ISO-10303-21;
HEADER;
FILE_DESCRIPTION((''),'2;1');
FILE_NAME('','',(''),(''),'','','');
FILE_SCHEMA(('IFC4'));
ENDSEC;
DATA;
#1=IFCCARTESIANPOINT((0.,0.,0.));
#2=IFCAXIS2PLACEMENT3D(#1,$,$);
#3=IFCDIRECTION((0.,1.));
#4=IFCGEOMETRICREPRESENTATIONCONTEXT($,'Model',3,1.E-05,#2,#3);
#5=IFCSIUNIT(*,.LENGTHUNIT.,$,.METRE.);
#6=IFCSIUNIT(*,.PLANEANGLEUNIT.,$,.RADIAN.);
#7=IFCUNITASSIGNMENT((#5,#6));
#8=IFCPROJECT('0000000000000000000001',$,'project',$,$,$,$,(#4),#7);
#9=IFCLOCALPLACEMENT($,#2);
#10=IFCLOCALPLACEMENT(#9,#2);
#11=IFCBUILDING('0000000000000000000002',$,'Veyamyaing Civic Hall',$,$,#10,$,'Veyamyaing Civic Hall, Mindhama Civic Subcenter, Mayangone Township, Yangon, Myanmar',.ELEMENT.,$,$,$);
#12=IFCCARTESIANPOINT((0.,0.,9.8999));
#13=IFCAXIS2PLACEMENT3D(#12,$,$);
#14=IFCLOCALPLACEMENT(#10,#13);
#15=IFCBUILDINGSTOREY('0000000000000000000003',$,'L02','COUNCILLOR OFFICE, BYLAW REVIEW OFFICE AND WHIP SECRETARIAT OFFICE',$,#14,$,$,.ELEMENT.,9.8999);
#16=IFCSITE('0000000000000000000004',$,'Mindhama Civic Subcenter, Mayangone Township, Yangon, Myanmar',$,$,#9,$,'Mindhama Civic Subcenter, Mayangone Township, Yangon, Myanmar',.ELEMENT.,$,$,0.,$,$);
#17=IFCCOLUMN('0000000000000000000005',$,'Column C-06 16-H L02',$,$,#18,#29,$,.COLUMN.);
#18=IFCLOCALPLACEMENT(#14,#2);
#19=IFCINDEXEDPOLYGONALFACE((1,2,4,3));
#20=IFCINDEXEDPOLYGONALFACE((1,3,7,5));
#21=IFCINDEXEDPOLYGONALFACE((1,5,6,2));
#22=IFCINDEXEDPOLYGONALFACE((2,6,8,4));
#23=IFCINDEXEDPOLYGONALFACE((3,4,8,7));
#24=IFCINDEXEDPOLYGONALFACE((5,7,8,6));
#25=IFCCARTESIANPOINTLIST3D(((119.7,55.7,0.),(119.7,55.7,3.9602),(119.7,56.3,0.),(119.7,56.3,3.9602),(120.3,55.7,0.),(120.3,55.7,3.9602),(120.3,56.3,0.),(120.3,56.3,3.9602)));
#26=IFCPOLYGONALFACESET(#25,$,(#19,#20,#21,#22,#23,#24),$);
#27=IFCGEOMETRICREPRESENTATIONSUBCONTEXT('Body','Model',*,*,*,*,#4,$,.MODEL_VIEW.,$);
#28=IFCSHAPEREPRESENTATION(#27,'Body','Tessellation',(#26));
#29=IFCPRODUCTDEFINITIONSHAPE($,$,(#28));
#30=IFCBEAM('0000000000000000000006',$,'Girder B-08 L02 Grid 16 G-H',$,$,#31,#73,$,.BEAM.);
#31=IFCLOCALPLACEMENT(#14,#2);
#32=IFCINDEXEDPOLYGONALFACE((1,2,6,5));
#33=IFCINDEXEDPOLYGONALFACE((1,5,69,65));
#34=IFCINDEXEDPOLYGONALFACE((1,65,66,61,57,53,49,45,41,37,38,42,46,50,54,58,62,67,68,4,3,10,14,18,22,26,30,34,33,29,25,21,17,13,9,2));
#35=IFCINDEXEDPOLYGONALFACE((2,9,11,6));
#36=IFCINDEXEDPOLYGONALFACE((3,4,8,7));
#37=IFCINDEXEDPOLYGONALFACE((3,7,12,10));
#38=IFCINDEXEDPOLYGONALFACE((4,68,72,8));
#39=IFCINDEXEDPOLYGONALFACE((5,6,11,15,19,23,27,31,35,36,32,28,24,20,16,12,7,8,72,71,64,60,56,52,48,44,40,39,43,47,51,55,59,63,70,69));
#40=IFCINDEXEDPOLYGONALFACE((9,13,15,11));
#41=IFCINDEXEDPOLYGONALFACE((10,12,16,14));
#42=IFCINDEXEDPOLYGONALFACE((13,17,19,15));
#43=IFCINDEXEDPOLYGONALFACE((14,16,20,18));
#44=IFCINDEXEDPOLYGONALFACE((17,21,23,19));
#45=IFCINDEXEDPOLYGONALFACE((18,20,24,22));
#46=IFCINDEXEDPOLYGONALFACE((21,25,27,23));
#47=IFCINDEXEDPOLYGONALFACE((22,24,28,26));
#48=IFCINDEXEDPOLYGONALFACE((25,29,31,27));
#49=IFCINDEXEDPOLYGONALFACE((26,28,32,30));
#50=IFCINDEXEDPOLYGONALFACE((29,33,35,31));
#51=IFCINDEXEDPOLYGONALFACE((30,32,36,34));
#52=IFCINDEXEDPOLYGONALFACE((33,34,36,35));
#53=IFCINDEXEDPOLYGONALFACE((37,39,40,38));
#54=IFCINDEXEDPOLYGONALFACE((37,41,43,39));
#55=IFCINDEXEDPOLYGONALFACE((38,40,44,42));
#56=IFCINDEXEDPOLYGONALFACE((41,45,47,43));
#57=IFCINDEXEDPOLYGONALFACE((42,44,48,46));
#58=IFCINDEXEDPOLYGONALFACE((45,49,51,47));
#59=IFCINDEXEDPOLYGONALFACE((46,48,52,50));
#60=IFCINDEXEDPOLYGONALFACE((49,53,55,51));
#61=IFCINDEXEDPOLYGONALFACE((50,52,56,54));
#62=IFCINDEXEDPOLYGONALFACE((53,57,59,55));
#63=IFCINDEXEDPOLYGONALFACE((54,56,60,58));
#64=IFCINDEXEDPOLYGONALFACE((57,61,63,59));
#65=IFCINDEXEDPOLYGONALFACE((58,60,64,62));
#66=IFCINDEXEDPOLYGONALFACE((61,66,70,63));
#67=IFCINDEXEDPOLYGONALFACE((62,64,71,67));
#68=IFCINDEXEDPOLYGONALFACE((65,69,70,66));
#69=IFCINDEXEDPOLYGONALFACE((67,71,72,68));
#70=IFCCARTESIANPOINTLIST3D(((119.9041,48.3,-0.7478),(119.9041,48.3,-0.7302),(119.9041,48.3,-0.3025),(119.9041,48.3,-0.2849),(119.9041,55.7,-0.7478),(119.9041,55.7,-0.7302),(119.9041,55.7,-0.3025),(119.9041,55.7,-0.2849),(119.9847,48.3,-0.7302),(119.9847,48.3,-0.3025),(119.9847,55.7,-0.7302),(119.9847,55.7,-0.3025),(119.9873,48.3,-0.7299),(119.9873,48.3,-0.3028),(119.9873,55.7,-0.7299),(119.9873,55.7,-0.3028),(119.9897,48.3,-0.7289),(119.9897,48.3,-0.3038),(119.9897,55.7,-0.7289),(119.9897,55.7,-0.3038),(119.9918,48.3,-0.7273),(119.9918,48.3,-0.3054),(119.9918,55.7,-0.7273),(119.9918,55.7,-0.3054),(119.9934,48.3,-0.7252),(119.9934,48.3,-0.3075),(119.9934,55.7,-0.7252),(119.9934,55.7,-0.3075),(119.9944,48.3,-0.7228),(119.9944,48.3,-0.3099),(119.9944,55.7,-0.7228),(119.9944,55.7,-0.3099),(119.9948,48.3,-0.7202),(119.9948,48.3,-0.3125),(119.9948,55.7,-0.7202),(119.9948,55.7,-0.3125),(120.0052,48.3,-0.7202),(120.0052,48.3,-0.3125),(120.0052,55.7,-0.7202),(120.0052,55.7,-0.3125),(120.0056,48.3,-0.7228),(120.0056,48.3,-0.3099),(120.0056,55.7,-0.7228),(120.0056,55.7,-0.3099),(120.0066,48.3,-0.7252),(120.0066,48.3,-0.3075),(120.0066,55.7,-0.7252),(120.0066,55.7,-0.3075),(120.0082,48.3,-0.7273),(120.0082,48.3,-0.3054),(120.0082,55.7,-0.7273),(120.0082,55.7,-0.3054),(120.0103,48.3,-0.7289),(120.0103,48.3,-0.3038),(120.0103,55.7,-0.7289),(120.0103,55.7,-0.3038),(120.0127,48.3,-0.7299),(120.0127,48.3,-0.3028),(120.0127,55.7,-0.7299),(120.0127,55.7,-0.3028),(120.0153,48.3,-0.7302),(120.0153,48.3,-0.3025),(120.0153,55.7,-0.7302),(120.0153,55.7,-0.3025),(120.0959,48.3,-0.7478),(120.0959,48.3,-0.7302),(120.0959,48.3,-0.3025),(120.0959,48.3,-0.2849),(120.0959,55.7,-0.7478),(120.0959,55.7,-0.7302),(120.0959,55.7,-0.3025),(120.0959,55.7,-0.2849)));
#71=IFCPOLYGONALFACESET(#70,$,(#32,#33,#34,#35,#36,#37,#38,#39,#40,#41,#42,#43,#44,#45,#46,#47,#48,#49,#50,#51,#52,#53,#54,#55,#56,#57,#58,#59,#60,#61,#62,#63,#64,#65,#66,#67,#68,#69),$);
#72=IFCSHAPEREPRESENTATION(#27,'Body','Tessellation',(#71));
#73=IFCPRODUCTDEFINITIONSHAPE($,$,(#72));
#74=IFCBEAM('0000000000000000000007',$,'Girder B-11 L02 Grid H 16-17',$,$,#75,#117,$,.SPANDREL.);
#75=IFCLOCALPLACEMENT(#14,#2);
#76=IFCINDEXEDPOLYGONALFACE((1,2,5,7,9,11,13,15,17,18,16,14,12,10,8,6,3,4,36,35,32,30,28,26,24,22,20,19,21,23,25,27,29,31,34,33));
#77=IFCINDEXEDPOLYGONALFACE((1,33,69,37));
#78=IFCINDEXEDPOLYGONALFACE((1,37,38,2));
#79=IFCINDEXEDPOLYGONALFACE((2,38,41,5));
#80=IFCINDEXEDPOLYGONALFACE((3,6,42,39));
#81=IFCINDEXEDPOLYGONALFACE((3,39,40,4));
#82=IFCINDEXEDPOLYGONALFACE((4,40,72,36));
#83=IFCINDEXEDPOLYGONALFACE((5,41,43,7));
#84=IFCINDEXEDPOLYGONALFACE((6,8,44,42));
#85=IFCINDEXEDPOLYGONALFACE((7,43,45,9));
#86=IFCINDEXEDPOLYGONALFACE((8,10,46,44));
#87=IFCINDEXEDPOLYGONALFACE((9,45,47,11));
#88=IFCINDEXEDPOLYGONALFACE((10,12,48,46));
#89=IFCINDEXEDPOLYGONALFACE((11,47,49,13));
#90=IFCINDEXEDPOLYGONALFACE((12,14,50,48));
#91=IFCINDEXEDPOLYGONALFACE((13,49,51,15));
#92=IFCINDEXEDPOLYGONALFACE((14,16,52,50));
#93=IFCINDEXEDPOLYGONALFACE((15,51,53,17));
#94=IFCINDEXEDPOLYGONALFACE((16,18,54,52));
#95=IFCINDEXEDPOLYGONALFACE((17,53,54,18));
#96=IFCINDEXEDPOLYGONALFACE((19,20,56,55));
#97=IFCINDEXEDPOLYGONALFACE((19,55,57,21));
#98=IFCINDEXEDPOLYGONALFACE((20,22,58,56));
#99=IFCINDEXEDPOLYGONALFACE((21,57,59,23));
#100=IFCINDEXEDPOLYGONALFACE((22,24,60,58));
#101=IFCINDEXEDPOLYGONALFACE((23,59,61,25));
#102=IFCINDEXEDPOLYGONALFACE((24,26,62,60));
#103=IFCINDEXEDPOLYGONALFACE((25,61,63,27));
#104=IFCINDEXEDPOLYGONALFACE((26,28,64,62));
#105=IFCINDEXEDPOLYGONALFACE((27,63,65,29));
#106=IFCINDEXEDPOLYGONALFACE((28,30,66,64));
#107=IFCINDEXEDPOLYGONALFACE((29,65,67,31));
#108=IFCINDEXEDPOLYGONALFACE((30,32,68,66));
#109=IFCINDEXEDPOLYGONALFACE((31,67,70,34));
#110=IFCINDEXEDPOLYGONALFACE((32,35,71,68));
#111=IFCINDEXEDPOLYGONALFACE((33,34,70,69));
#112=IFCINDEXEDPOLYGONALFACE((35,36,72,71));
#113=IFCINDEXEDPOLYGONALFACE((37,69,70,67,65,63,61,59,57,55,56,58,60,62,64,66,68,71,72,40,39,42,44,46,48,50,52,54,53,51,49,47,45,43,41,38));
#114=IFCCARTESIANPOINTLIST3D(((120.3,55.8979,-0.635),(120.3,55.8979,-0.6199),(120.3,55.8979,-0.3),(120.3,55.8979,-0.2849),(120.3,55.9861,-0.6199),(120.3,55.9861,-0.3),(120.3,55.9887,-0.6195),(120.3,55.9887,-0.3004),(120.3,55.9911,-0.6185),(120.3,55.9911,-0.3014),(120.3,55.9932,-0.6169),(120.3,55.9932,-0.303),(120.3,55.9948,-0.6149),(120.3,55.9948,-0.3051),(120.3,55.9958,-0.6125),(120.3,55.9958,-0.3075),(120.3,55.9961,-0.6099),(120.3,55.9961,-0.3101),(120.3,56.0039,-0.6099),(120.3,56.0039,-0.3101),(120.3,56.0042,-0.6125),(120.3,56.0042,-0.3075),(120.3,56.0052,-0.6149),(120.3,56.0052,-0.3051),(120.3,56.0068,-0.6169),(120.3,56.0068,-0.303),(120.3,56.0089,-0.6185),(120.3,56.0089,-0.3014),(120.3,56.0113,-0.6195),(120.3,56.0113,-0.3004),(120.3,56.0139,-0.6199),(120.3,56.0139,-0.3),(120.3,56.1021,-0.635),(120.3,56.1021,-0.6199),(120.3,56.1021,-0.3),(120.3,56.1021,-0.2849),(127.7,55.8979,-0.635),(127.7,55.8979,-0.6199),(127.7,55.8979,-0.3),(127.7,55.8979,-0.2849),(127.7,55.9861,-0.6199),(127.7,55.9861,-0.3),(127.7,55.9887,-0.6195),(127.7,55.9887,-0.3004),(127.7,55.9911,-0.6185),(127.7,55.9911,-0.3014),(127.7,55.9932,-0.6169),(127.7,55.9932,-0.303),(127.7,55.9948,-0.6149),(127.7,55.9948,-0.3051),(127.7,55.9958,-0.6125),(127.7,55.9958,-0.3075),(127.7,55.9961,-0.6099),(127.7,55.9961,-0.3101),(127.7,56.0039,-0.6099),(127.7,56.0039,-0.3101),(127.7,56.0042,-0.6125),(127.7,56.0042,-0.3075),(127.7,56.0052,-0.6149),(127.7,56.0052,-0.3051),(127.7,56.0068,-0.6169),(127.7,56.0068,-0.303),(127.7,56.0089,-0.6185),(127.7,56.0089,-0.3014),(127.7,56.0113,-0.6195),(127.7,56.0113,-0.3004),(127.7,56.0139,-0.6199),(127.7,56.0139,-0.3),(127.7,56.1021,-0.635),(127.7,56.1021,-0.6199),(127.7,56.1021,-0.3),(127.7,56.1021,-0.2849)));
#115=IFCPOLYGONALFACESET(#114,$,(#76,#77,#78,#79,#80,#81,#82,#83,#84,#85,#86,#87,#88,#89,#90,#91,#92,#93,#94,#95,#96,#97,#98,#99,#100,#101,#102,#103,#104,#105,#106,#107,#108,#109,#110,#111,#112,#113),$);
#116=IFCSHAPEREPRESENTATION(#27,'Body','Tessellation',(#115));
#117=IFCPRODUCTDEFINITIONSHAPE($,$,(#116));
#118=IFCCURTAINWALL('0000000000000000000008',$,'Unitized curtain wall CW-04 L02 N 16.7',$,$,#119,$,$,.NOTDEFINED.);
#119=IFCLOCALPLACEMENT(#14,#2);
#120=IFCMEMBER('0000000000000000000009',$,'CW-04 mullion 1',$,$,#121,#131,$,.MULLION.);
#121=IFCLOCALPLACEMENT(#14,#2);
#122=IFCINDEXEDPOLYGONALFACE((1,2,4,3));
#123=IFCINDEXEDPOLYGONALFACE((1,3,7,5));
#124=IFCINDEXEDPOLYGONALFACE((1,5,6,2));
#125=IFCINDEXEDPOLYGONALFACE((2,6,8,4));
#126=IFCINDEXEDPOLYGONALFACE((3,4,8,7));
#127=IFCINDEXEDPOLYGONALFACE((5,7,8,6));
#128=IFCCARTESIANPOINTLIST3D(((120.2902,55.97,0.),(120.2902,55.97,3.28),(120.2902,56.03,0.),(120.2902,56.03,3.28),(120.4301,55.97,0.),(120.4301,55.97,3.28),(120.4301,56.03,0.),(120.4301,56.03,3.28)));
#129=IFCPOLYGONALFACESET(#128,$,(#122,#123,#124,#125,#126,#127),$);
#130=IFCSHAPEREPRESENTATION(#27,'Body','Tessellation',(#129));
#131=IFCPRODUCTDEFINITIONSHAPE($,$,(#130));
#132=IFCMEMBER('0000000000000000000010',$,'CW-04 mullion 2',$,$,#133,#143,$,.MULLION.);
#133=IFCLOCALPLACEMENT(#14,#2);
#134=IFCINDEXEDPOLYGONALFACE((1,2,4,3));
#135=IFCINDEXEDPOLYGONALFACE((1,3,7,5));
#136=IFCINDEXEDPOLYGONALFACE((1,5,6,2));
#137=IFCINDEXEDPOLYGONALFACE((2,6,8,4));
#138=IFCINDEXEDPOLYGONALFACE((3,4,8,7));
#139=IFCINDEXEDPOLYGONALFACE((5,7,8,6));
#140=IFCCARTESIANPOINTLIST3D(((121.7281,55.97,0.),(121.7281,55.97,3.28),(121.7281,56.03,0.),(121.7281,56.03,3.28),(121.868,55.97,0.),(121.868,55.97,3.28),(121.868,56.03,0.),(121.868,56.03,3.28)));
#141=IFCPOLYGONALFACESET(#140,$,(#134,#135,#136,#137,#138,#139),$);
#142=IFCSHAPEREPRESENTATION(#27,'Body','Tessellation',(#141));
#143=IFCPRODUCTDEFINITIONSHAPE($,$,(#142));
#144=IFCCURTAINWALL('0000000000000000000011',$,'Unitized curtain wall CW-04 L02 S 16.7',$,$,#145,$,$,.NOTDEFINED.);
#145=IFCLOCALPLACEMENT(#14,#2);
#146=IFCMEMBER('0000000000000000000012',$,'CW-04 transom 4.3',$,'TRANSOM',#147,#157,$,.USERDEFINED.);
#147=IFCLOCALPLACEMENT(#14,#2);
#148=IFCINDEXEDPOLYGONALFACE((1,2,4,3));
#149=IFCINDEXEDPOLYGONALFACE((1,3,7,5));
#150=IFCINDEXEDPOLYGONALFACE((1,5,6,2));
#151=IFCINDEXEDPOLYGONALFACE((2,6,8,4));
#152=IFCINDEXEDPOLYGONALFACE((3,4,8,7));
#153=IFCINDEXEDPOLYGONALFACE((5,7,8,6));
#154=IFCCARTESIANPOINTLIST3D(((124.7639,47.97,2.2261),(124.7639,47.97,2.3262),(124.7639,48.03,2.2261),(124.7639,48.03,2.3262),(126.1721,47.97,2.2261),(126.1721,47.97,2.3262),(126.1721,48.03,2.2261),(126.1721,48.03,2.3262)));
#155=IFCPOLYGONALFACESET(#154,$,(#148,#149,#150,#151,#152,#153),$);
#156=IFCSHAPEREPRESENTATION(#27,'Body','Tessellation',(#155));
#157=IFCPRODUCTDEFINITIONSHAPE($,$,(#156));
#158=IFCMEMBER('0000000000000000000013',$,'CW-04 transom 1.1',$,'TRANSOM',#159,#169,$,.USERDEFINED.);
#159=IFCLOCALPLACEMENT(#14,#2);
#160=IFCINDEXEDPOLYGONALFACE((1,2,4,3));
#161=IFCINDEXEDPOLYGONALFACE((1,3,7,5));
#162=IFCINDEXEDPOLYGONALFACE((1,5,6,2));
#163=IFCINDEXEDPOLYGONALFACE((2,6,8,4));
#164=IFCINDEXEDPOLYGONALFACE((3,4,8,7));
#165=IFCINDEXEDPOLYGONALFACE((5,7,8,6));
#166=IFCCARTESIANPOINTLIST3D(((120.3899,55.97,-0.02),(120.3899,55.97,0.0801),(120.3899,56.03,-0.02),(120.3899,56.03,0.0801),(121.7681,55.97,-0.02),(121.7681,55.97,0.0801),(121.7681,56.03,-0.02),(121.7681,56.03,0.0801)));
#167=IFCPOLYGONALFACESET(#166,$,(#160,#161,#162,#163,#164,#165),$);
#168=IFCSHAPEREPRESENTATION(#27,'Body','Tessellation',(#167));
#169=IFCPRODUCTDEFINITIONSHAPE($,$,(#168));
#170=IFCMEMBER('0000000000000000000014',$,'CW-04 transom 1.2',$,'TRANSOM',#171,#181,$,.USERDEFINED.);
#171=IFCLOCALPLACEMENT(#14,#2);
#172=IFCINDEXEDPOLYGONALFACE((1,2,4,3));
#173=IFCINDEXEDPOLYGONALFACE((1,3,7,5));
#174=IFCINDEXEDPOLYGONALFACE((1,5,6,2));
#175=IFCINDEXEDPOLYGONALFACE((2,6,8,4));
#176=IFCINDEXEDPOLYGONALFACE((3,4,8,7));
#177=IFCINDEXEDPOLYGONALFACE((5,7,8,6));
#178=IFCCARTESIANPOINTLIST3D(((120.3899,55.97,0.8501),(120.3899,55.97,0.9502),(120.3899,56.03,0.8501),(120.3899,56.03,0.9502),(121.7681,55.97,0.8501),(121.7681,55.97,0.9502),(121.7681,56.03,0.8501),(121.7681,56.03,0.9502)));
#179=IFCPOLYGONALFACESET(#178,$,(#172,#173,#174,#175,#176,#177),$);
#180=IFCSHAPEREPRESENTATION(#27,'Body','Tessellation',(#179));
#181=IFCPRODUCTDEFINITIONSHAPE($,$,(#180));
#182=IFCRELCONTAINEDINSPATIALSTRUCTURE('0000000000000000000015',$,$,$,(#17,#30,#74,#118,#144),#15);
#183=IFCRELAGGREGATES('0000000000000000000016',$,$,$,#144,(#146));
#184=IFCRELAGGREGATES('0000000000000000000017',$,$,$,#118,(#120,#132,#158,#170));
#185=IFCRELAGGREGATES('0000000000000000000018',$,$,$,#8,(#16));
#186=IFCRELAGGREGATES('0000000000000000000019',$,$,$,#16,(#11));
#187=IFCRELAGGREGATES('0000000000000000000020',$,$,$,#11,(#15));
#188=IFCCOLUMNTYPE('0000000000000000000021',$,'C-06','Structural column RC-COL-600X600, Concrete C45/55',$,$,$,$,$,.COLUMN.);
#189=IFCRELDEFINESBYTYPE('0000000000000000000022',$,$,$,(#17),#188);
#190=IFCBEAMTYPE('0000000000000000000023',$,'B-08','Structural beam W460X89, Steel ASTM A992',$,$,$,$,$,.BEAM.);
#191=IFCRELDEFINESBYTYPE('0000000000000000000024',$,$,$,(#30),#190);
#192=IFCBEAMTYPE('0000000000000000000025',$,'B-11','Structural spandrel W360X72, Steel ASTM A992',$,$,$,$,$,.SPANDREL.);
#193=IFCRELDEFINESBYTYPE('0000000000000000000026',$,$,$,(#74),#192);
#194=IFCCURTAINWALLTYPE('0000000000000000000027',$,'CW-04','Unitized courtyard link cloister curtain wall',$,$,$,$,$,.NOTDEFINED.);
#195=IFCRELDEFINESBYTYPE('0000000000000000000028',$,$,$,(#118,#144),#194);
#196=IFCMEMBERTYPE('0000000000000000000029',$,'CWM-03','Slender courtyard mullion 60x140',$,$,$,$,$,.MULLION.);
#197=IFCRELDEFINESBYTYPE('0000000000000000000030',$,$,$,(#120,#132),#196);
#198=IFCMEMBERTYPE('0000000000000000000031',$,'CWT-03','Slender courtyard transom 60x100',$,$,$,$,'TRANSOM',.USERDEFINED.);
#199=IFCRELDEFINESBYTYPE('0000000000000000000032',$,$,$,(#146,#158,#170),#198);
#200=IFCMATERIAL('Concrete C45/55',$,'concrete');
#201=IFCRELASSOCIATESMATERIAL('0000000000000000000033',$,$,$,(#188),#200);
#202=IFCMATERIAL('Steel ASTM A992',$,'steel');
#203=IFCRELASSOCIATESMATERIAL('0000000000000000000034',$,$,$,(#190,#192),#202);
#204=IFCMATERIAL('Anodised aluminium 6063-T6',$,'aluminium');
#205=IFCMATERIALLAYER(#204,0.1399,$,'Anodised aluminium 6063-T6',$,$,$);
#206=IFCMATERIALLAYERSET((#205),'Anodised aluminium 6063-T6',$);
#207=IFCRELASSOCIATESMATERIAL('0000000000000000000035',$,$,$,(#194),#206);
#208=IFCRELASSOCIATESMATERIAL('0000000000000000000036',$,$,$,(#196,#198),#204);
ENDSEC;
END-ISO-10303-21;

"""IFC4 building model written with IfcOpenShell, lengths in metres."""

from ifc_helpers import new_model, si_unit, direction, frame, origin, origin_2d, place, context, subcontext, project, spatial, rectangle, i_section, extrude, material, layer, layer_set, material_profile, profile_set, type_object, element, aggregate, save


model = new_model("IFC4")

# Units and contexts
model_context = context("Model", 3, precision=1e-05, world=origin(), true_north=direction((0.0, 1.0)))
body_context = subcontext(model_context, "Body", "Model", "MODEL_VIEW")
ifc_project = project(units=[si_unit("LENGTHUNIT", "METRE"), si_unit("PLANEANGLEUNIT", "RADIAN")], contexts=[model_context])

# Site, building, storey
site_placement = place(None, origin())
site = spatial("IfcSite", under=ifc_project, at=site_placement, Name="Mindhama Civic Subcenter, Mayangone Township, Yangon, Myanmar", LongName="Mindhama Civic Subcenter, Mayangone Township, Yangon, Myanmar", CompositionType="ELEMENT", RefElevation=0.0)
building_placement = place(site_placement, origin())
building = spatial("IfcBuilding", under=site, at=building_placement, Name="Veyamyaing Civic Hall", LongName="Veyamyaing Civic Hall, Mindhama Civic Subcenter, Mayangone Township, Yangon, Myanmar", CompositionType="ELEMENT")
storey_placement = place(building_placement, frame((0.0, 0.0, 9.8999)))
storey = spatial("IfcBuildingStorey", under=building, at=storey_placement, Name="L02", Description="COUNCILLOR OFFICE, BYLAW REVIEW OFFICE AND WHIP SECRETARIAT OFFICE", CompositionType="ELEMENT", Elevation=9.8999)

# Column
ifc_material_1 = material(Name="Concrete C45/55", Category="concrete")
ifc_material_profile_1 = material_profile(ifc_material_1, rectangle(XDim=0.6001, YDim=0.6001, at=origin_2d()), Name="RC-COL-600X600")
ifc_profile_set_1 = profile_set([ifc_material_profile_1], Name="Concrete C45/55")
column_type = type_object("IfcColumnType", Name="C-06", Description="Structural column RC-COL-600X600, Concrete C45/55", PredefinedType="COLUMN", material=ifc_profile_set_1)
column_placement = place(storey_placement, frame((120.0, 56.0, 0.0), z_axis=(0.0, 0.0, 1.0), x_axis=(1.0, 0.0, 0.0)))
element("IfcColumn", 1, at=column_placement, inside=storey, type_object=column_type, Name="Column C-06 16-H L02", PredefinedType="COLUMN", context=body_context, shape_type="SweptSolid", body=[
    extrude(rectangle(XDim=0.6001, YDim=0.6001, at=origin_2d()), origin(), (0.0, 0.0, 1.0), 3.9602),
])

# Beams
ifc_material_2 = material(Name="Steel ASTM A992", Category="steel")
ifc_material_profile_2 = material_profile(ifc_material_2, i_section(OverallWidth=0.1919, OverallDepth=0.4629, WebThickness=0.0105, FlangeThickness=0.0176, FilletRadius=0.01, at=origin_2d()), Name="W460X89")
ifc_profile_set_2 = profile_set([ifc_material_profile_2], Name="Steel ASTM A992")
beam_type_1 = type_object("IfcBeamType", Name="B-08", Description="Structural beam W460X89, Steel ASTM A992", PredefinedType="BEAM", material=ifc_profile_set_2)
beam_1_placement = place(storey_placement, frame((120.0, 48.3, -0.5164), z_axis=(0.0, 1.0, 0.0), x_axis=(-1.0, 0.0, 0.0)))
element("IfcBeam", 2, at=beam_1_placement, inside=storey, type_object=beam_type_1, Name="Girder B-08 L02 Grid 16 G-H", PredefinedType="BEAM", context=body_context, shape_type="SweptSolid", body=[
    extrude(i_section(OverallWidth=0.1919, OverallDepth=0.4629, WebThickness=0.0105, FlangeThickness=0.0176, FilletRadius=0.01, at=origin_2d()), origin(), (0.0, 0.0, 1.0), 7.3999),
])
ifc_material_profile_3 = material_profile(ifc_material_2, i_section(OverallWidth=0.2041, OverallDepth=0.3501, WebThickness=0.0078, FlangeThickness=0.0151, FilletRadius=0.01, at=origin_2d()), Name="W360X72")
ifc_profile_set_3 = profile_set([ifc_material_profile_3], Name="Steel ASTM A992")
beam_type_2 = type_object("IfcBeamType", Name="B-11", Description="Structural spandrel W360X72, Steel ASTM A992", PredefinedType="SPANDREL", material=ifc_profile_set_3)
beam_2_placement = place(storey_placement, frame((120.3, 56.0, -0.46), z_axis=(1.0, 0.0, 0.0), x_axis=(0.0, 1.0, 0.0)))
element("IfcBeam", 3, at=beam_2_placement, inside=storey, type_object=beam_type_2, Name="Girder B-11 L02 Grid H 16-17", PredefinedType="SPANDREL", context=body_context, shape_type="SweptSolid", body=[
    extrude(i_section(OverallWidth=0.2041, OverallDepth=0.3501, WebThickness=0.0078, FlangeThickness=0.0151, FilletRadius=0.01, at=origin_2d()), origin(), (0.0, 0.0, 1.0), 7.3999),
])

# Curtain wall, members
ifc_material_3 = material(Name="Anodised aluminium 6063-T6", Category="aluminium")
ifc_layer_1 = layer(ifc_material_3, 0.1399, Name="Anodised aluminium 6063-T6")
ifc_layer_set_1 = layer_set([ifc_layer_1], Name="Anodised aluminium 6063-T6")
curtain_wall_type = type_object("IfcCurtainWallType", Name="CW-04", Description="Unitized courtyard link cloister curtain wall", PredefinedType="NOTDEFINED", material=ifc_layer_set_1)
curtain_wall_1_placement = place(storey_placement, origin())
curtain_wall_1 = element("IfcCurtainWall", 4, at=curtain_wall_1_placement, inside=storey, type_object=curtain_wall_type, Name="Unitized curtain wall CW-04 L02 N 16.7", PredefinedType="NOTDEFINED")
ifc_material_profile_4 = material_profile(ifc_material_3, rectangle(XDim=0.0601, YDim=0.1399, at=origin_2d()), Name="ALU-MUL-60X140")
ifc_profile_set_4 = profile_set([ifc_material_profile_4], Name="Anodised aluminium 6063-T6")
member_type_1 = type_object("IfcMemberType", Name="CWM-03", Description="Slender courtyard mullion 60x140", PredefinedType="MULLION", material=ifc_profile_set_4)
member_1_placement = place(storey_placement, frame((120.3601, 56.0, 0.0), z_axis=(0.0, 0.0, 1.0), x_axis=(0.0, 1.0, 0.0)))
member_1 = element("IfcMember", 5, at=member_1_placement, type_object=member_type_1, Name="CW-04 mullion 1", PredefinedType="MULLION", context=body_context, shape_type="SweptSolid", body=[
    extrude(rectangle(XDim=0.0601, YDim=0.1399, at=origin_2d()), origin(), (0.0, 0.0, 1.0), 3.28),
])
member_2_placement = place(storey_placement, frame((121.7981, 56.0, 0.0), z_axis=(0.0, 0.0, 1.0), x_axis=(0.0, 1.0, 0.0)))
member_2 = element("IfcMember", 6, at=member_2_placement, type_object=member_type_1, Name="CW-04 mullion 2", PredefinedType="MULLION", context=body_context, shape_type="SweptSolid", body=[
    extrude(rectangle(XDim=0.0601, YDim=0.1399, at=origin_2d()), origin(), (0.0, 0.0, 1.0), 3.28),
])

# Curtain wall, member
curtain_wall_2_placement = place(storey_placement, origin())
curtain_wall_2 = element("IfcCurtainWall", 7, at=curtain_wall_2_placement, inside=storey, type_object=curtain_wall_type, Name="Unitized curtain wall CW-04 L02 S 16.7", PredefinedType="NOTDEFINED")
ifc_material_profile_5 = material_profile(ifc_material_3, rectangle(XDim=0.0601, YDim=0.1001, at=origin_2d()), Name="ALU-TRN-60X100")
ifc_profile_set_5 = profile_set([ifc_material_profile_5], Name="Anodised aluminium 6063-T6")
member_type_2 = type_object("IfcMemberType", Name="CWT-03", Description="Slender courtyard transom 60x100", ElementType="TRANSOM", PredefinedType="USERDEFINED", material=ifc_profile_set_5)
member_3_placement = place(storey_placement, frame((124.7639, 48.0, 2.2761), z_axis=(1.0, 0.0, 0.0), x_axis=(0.0, 1.0, 0.0)))
member_3 = element("IfcMember", 8, at=member_3_placement, type_object=member_type_2, Name="CW-04 transom 4.3", ObjectType="TRANSOM", PredefinedType="USERDEFINED", context=body_context, shape_type="SweptSolid", body=[
    extrude(rectangle(XDim=0.0601, YDim=0.1001, at=origin_2d()), origin(), (0.0, 0.0, 1.0), 1.4082),
])
aggregate(curtain_wall_2, [member_3])

# Members
member_4_placement = place(storey_placement, frame((120.3899, 56.0, 0.03), z_axis=(1.0, 0.0, 0.0), x_axis=(0.0, 1.0, 0.0)))
member_4 = element("IfcMember", 9, at=member_4_placement, type_object=member_type_2, Name="CW-04 transom 1.1", ObjectType="TRANSOM", PredefinedType="USERDEFINED", context=body_context, shape_type="SweptSolid", body=[
    extrude(rectangle(XDim=0.0601, YDim=0.1001, at=origin_2d()), origin(), (0.0, 0.0, 1.0), 1.3782),
])
member_5_placement = place(storey_placement, frame((120.3899, 56.0, 0.9001), z_axis=(1.0, 0.0, 0.0), x_axis=(0.0, 1.0, 0.0)))
member_5 = element("IfcMember", 10, at=member_5_placement, type_object=member_type_2, Name="CW-04 transom 1.2", ObjectType="TRANSOM", PredefinedType="USERDEFINED", context=body_context, shape_type="SweptSolid", body=[
    extrude(rectangle(XDim=0.0601, YDim=0.1001, at=origin_2d()), origin(), (0.0, 0.0, 1.0), 1.3782),
])

aggregate(curtain_wall_1, [member_1, member_2, member_4, member_5])

save(model, "model.ifc")
